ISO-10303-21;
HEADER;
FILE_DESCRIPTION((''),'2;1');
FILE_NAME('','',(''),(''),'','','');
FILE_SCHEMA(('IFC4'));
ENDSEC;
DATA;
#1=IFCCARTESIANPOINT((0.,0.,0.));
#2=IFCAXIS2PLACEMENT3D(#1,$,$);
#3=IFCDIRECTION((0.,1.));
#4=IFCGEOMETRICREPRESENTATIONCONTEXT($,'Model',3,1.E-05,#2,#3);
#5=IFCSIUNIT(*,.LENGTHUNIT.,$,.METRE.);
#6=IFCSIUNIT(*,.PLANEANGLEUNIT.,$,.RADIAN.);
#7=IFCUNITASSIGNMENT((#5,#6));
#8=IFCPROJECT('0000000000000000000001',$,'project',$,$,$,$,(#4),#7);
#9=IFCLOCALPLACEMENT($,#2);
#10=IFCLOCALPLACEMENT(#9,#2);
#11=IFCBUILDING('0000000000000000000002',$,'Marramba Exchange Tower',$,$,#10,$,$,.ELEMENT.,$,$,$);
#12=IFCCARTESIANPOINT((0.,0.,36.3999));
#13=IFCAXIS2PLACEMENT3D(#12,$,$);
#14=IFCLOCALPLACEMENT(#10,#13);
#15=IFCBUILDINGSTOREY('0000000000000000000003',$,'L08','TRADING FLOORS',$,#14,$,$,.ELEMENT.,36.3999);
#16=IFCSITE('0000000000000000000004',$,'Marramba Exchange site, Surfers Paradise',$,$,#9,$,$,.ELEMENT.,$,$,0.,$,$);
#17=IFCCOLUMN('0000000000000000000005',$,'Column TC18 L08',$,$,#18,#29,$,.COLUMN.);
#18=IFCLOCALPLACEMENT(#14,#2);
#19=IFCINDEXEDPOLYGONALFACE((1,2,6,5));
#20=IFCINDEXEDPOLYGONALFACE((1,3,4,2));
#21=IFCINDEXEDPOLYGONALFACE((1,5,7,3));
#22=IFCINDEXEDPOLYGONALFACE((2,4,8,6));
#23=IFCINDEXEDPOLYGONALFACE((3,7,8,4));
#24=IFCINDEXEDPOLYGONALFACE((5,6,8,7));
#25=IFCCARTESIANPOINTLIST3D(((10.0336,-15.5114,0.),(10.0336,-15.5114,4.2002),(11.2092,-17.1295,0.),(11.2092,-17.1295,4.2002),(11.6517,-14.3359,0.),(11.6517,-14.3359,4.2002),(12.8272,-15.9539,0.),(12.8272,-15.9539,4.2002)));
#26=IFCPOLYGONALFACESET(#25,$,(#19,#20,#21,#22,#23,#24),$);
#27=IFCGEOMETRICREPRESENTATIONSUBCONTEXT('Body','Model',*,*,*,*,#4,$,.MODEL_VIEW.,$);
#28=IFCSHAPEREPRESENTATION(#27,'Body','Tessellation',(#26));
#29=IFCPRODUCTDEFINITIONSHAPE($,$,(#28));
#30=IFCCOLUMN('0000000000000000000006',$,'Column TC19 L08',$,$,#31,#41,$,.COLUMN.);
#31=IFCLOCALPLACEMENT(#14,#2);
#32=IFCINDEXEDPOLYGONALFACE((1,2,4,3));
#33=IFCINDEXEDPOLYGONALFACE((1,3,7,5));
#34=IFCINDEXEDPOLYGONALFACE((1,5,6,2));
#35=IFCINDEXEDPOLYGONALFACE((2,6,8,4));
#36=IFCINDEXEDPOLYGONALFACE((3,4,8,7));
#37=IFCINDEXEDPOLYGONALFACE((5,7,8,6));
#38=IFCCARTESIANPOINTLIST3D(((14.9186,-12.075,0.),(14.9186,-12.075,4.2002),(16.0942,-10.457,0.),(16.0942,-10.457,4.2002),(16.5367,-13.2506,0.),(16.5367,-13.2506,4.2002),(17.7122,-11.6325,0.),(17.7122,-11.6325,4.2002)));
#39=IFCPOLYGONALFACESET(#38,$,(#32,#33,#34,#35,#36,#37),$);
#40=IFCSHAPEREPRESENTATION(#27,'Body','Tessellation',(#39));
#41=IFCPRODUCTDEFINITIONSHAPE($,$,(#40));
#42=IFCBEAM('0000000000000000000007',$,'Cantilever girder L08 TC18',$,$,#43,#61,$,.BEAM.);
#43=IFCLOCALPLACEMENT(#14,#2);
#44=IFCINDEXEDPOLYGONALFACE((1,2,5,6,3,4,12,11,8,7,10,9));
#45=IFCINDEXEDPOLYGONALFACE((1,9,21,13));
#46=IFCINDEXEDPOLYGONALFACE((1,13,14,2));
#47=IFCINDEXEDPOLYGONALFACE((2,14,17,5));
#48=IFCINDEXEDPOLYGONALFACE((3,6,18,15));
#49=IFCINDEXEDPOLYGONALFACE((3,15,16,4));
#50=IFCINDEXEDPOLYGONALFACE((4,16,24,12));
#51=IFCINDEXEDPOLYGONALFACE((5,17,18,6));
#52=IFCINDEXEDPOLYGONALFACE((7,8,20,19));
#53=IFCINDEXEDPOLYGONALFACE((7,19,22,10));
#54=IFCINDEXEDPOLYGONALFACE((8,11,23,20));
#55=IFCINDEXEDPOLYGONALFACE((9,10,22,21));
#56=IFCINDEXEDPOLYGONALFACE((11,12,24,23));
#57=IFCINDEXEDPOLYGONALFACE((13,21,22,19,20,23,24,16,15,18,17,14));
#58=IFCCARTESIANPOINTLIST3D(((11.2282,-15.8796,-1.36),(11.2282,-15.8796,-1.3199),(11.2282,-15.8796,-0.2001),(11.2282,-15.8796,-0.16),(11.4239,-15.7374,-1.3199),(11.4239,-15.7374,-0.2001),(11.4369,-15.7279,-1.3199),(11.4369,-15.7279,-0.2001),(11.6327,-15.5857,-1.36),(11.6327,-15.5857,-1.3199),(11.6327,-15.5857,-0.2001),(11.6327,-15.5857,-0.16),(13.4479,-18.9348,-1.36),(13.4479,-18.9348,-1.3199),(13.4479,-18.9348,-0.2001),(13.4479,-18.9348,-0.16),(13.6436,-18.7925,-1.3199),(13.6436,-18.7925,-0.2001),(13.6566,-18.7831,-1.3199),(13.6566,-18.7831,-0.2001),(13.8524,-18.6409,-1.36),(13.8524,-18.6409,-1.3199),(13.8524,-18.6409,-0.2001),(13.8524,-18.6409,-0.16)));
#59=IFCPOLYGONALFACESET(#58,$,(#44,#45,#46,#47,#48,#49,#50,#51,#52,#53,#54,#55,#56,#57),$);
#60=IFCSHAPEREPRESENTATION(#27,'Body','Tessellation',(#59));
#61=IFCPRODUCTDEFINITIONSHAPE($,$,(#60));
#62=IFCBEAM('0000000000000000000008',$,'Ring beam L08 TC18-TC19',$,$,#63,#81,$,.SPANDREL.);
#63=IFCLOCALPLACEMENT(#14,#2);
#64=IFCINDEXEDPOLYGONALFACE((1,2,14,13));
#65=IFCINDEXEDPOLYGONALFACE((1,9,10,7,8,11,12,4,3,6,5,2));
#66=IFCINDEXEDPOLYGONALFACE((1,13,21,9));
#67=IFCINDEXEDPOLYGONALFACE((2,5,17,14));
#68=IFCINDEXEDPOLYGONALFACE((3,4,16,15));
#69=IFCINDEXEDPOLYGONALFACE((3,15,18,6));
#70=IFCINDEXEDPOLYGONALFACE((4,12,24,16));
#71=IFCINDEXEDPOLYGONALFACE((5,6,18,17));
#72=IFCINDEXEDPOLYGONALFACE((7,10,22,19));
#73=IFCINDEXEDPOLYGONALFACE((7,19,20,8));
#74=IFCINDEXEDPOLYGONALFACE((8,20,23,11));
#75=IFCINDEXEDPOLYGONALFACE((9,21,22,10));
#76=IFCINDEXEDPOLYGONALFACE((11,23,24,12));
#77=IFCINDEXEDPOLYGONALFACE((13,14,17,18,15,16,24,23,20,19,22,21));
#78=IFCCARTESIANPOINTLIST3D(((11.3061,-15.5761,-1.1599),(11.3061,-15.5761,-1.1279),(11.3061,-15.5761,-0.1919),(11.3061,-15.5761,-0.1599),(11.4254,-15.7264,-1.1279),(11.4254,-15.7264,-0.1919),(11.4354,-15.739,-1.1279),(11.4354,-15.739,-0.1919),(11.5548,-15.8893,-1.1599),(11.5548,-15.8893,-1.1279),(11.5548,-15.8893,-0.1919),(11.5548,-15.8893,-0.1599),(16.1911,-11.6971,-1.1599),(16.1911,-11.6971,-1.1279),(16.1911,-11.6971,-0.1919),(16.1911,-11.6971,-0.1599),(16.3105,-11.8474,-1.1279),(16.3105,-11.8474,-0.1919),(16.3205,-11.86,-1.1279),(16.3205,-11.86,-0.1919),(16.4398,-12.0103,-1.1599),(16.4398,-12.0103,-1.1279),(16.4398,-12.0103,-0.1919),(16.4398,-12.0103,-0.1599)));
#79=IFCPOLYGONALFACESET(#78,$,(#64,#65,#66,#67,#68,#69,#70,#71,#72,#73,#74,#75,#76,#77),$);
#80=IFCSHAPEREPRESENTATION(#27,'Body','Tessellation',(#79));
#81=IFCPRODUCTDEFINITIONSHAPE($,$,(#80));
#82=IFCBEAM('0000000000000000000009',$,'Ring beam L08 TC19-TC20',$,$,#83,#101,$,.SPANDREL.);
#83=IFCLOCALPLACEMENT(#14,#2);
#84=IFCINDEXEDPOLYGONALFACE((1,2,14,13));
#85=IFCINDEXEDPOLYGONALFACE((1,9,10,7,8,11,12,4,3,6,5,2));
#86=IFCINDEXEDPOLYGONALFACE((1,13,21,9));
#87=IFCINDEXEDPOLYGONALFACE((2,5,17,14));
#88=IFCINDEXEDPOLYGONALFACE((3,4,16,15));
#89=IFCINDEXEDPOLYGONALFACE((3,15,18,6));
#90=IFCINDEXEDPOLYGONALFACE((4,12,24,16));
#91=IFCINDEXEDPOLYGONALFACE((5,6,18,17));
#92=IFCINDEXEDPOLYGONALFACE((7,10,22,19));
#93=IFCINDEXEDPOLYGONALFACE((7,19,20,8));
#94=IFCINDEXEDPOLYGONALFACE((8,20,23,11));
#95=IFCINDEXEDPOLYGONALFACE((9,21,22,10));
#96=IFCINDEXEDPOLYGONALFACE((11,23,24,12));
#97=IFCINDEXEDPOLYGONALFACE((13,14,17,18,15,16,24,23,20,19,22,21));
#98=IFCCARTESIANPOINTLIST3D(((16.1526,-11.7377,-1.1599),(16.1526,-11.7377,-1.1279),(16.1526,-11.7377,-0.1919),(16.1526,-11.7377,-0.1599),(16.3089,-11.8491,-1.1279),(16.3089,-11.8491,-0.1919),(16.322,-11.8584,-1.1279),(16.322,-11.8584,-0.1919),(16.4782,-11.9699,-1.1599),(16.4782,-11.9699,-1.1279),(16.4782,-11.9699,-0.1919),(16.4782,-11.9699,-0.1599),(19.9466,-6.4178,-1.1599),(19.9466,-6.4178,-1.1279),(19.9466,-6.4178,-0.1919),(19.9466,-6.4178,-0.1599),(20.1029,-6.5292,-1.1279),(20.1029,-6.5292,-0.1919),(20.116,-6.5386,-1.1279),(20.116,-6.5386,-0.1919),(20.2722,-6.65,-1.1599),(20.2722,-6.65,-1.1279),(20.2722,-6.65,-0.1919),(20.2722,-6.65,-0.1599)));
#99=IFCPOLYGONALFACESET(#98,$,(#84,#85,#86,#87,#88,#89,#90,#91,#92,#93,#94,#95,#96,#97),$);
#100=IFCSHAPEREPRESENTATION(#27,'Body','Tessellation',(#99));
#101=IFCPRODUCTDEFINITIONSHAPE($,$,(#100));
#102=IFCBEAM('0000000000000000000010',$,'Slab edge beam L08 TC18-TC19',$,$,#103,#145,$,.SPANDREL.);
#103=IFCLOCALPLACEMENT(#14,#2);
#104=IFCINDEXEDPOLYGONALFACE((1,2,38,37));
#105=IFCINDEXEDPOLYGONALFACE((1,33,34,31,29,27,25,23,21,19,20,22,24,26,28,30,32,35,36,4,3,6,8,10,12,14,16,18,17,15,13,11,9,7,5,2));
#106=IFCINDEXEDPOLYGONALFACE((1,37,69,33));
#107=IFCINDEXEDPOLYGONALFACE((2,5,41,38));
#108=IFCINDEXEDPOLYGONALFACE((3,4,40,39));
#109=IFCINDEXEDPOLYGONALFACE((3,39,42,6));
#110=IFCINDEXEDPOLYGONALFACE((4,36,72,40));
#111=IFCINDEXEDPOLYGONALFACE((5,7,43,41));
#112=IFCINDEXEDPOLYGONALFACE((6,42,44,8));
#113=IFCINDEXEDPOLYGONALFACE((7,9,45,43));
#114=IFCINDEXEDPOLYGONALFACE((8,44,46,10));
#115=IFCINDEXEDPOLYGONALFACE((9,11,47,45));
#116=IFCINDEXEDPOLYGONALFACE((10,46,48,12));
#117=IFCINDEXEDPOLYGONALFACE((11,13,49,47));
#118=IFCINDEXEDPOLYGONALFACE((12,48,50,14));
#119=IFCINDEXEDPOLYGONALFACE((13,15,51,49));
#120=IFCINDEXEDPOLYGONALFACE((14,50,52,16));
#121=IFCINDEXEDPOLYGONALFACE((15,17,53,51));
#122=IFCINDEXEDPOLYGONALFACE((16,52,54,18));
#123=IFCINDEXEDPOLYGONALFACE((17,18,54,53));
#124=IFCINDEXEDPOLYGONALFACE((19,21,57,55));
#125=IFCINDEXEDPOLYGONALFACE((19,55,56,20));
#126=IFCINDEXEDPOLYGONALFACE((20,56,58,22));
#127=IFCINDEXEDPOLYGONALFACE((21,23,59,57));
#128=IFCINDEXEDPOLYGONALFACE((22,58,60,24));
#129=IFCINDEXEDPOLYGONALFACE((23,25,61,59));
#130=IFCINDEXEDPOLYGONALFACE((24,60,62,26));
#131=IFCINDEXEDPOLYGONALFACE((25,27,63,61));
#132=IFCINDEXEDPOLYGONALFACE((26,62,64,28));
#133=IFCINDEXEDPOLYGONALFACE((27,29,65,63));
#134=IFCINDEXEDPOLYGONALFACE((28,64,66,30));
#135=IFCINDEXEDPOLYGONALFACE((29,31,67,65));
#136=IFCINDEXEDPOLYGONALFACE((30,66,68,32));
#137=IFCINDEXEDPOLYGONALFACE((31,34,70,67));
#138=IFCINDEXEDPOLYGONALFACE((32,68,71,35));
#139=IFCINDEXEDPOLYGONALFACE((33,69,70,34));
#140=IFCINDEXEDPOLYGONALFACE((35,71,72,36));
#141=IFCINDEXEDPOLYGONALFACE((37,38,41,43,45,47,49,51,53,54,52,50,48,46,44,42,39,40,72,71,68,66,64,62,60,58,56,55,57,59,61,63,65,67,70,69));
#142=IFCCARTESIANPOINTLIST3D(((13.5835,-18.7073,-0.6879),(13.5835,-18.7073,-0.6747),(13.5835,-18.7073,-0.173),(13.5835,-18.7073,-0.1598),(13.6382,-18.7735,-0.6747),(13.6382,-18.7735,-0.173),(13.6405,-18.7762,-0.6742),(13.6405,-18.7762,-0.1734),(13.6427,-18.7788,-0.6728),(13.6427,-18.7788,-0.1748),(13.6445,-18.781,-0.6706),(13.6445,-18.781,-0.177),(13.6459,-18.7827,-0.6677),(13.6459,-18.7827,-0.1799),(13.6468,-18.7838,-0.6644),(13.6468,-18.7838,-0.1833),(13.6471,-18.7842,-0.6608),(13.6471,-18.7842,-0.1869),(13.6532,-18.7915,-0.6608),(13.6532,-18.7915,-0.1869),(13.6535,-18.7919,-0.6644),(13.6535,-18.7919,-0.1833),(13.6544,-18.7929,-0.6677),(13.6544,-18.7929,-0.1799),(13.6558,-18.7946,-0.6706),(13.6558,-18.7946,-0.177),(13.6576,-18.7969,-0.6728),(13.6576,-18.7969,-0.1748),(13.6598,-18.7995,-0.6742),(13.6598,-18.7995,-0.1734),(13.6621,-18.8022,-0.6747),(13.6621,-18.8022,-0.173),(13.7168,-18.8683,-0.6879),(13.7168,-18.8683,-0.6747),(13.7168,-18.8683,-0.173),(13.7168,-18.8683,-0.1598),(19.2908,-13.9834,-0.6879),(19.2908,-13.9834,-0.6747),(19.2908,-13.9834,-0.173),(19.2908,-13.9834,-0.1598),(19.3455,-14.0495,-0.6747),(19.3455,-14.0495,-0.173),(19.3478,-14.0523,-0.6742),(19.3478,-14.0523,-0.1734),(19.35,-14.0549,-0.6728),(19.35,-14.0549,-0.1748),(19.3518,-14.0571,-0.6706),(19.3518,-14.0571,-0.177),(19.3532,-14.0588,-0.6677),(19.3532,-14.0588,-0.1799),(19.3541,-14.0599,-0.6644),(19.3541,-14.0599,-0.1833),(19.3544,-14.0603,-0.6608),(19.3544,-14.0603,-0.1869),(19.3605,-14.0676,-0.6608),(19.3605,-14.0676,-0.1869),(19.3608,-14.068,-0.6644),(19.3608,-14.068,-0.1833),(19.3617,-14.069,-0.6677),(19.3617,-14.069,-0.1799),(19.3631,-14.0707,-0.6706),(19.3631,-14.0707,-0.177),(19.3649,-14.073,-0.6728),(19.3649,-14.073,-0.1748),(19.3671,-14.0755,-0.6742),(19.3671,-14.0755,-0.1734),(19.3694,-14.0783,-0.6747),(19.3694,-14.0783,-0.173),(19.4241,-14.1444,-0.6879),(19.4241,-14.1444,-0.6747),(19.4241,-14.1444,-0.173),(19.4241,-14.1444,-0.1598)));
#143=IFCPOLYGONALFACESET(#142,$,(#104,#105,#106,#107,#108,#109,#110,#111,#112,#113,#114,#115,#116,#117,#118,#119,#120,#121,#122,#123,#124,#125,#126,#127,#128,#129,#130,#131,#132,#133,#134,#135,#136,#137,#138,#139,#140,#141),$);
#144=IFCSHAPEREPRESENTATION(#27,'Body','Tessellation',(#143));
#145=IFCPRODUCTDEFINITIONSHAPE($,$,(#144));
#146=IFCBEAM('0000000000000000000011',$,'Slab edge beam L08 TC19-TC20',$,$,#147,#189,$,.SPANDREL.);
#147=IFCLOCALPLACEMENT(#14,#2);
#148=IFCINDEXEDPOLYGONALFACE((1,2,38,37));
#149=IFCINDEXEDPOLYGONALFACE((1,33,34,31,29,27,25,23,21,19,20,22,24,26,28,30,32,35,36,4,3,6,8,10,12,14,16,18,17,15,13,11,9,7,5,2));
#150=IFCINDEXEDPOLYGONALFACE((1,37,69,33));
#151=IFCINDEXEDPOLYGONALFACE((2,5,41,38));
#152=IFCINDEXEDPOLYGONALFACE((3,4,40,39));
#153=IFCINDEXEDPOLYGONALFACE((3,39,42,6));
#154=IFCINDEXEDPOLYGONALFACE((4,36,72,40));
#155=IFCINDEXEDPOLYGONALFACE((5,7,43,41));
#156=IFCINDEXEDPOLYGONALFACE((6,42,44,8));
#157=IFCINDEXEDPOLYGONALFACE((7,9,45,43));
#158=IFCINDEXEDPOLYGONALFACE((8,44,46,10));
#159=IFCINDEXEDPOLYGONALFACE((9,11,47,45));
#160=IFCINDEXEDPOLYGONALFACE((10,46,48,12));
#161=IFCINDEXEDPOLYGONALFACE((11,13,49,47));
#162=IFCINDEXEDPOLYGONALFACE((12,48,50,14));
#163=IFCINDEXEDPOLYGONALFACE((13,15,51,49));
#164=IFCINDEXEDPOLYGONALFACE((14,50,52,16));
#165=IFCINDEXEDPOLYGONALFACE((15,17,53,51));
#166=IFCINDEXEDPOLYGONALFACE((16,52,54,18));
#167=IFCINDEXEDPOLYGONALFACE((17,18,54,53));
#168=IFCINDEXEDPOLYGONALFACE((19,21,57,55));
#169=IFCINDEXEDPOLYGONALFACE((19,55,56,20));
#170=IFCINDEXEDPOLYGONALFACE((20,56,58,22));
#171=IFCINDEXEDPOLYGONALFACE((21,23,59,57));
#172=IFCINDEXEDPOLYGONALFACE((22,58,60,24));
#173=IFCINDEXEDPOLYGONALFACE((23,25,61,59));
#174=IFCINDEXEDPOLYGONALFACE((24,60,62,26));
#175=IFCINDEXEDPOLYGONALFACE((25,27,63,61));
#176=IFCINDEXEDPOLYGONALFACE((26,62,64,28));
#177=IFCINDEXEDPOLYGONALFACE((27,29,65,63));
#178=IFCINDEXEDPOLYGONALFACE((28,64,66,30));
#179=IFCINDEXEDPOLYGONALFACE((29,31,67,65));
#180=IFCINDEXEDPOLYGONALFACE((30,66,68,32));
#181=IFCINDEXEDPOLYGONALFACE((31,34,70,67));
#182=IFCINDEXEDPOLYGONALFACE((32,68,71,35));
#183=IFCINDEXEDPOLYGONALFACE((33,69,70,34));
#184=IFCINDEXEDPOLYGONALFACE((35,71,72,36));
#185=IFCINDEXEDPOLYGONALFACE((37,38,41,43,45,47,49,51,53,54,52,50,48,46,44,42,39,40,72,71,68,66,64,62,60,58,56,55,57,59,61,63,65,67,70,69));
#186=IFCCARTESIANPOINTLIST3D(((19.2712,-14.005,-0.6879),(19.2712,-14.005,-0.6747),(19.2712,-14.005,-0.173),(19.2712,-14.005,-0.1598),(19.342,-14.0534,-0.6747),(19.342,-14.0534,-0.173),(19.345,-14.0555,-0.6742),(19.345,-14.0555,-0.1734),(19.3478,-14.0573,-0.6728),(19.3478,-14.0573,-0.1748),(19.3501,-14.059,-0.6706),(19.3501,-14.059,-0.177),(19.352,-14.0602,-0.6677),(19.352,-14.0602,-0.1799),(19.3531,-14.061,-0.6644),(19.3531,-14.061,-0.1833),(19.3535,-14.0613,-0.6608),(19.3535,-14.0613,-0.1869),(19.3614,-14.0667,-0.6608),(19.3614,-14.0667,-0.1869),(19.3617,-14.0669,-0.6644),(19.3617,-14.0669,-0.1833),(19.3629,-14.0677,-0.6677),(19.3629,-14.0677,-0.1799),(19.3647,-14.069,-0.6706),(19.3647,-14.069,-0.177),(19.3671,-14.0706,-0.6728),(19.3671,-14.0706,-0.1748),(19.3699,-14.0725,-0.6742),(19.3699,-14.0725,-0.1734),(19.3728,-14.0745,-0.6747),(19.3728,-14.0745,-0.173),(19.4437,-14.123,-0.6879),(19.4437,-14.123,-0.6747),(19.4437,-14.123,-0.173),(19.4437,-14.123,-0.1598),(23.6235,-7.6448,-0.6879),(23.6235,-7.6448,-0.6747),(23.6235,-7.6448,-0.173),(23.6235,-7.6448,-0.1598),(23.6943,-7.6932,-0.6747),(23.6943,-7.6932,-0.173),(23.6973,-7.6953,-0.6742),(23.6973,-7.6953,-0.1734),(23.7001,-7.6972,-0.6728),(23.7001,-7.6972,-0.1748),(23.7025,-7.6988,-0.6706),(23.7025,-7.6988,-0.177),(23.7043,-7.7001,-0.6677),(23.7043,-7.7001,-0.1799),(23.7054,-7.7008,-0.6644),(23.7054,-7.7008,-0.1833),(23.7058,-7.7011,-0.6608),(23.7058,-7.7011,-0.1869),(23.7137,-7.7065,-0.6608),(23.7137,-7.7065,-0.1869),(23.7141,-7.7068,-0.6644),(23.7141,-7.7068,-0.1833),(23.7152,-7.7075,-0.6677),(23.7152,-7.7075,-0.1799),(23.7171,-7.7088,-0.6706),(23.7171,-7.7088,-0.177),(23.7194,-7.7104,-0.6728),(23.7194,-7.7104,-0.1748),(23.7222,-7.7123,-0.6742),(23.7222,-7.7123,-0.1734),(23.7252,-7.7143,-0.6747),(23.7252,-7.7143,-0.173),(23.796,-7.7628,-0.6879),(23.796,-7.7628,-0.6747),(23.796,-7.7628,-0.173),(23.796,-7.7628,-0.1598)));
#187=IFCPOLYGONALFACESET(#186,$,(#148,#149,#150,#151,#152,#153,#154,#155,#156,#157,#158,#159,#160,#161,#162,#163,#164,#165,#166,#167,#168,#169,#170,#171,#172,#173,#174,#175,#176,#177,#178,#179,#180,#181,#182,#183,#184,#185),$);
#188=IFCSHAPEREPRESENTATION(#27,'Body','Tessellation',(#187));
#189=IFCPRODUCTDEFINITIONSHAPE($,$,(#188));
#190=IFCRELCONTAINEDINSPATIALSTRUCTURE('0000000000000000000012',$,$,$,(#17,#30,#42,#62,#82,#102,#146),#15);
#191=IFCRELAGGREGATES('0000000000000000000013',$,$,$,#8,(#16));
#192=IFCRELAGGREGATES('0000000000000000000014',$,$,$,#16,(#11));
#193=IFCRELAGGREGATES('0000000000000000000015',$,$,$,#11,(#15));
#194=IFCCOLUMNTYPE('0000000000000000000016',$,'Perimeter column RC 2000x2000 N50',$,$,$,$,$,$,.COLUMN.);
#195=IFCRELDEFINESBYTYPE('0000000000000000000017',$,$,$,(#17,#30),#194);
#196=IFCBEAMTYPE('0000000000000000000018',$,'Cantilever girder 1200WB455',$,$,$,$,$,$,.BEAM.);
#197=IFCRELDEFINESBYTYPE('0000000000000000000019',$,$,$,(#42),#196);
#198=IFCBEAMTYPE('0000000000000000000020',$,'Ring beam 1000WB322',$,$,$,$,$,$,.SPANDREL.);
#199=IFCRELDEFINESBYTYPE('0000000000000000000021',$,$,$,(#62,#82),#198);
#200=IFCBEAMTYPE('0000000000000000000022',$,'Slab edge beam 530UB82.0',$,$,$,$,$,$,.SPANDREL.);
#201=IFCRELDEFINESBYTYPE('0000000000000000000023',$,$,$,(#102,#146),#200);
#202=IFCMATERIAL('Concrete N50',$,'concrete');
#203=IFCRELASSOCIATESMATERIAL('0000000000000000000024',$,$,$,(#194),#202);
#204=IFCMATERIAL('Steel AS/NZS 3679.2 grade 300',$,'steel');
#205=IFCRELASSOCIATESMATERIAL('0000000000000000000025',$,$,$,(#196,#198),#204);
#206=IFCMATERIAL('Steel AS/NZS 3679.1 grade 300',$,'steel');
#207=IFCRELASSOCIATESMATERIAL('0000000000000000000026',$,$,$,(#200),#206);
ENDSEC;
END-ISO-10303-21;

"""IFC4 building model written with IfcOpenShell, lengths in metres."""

from ifc_helpers import new_model, si_unit, direction, frame, origin, origin_2d, place, context, subcontext, project, spatial, rectangle, i_section, extrude, material, material_profile, profile_set, type_object, element, save


model = new_model("IFC4")

# Units and contexts
model_context = context("Model", 3, precision=1e-05, world=origin(), true_north=direction((0.0, 1.0)))
body_context = subcontext(model_context, "Body", "Model", "MODEL_VIEW")
ifc_project = project(units=[si_unit("LENGTHUNIT", "METRE"), si_unit("PLANEANGLEUNIT", "RADIAN")], contexts=[model_context])

# Site, building, storey
site_placement = place(None, origin())
site = spatial("IfcSite", under=ifc_project, at=site_placement, Name="Marramba Exchange site, Surfers Paradise", CompositionType="ELEMENT", RefElevation=0.0)
building_placement = place(site_placement, origin())
building = spatial("IfcBuilding", under=site, at=building_placement, Name="Marramba Exchange Tower", CompositionType="ELEMENT")
storey_placement = place(building_placement, frame((0.0, 0.0, 36.3999)))
storey = spatial("IfcBuildingStorey", under=building, at=storey_placement, Name="L08", Description="TRADING FLOORS", CompositionType="ELEMENT", Elevation=36.3999)

# Columns
ifc_material_1 = material(Name="Concrete N50", Category="concrete")
ifc_material_profile_1 = material_profile(ifc_material_1, rectangle(XDim=2.0, YDim=2.0, at=origin_2d()), Name="RC 2000x2000")
ifc_profile_set_1 = profile_set([ifc_material_profile_1], Name="Concrete N50")
column_type = type_object("IfcColumnType", Name="Perimeter column RC 2000x2000 N50", PredefinedType="COLUMN", material=ifc_profile_set_1)
for number, where, z_axis, x_axis, name in (
    (1, (11.4304, -15.7327, 0.0), (0.0, 0.0, 1.0), (0.587785, -0.809017, 0.0), "Column TC18 L08"),
    (2, (16.3154, -11.8538, 0.0), (0.0, 0.0, 1.0), (0.809017, -0.587785, 0.0), "Column TC19 L08"),
):
    element("IfcColumn", number, at=place(storey_placement, frame(where, z_axis=z_axis, x_axis=x_axis)), inside=storey, type_object=column_type, Name=name, PredefinedType="COLUMN", context=body_context, shape_type="SweptSolid", body=[
        extrude(rectangle(XDim=2.0, YDim=2.0, at=origin_2d()), origin(), (0.0, 0.0, 1.0), 4.2002),
    ])

# Beams
ifc_material_2 = material(Name="Steel AS/NZS 3679.2 grade 300", Category="steel")
ifc_material_profile_2 = material_profile(ifc_material_2, i_section(OverallWidth=0.5, OverallDepth=1.2, WebThickness=0.0161, FlangeThickness=0.04, at=origin_2d()), Name="1200WB455")
ifc_profile_set_2 = profile_set([ifc_material_profile_2], Name="Steel AS/NZS 3679.2 grade 300")
beam_type_1 = type_object("IfcBeamType", Name="Cantilever girder 1200WB455", PredefinedType="BEAM", material=ifc_profile_set_2)
beam_1_placement = place(storey_placement, frame((11.4304, -15.7327, -0.76), z_axis=(0.587787, -0.809016, 0.0), x_axis=(0.809016, 0.587787, 0.0)))
element("IfcBeam", 3, at=beam_1_placement, inside=storey, type_object=beam_type_1, Name="Cantilever girder L08 TC18", PredefinedType="BEAM", context=body_context, shape_type="SweptSolid", body=[
    extrude(i_section(OverallWidth=0.5, OverallDepth=1.2, WebThickness=0.0161, FlangeThickness=0.04, at=origin_2d()), origin(), (0.0, 0.0, 1.0), 3.7764),
])
ifc_material_profile_3 = material_profile(ifc_material_2, i_section(OverallWidth=0.3999, OverallDepth=1.0, WebThickness=0.0161, FlangeThickness=0.032, at=origin_2d()), Name="1000WB322")
ifc_profile_set_3 = profile_set([ifc_material_profile_3], Name="Steel AS/NZS 3679.2 grade 300")
beam_type_2 = type_object("IfcBeamType", Name="Ring beam 1000WB322", PredefinedType="SPANDREL", material=ifc_profile_set_3)
beam_2_placement = place(storey_placement, frame((11.4304, -15.7327, -0.6599), z_axis=(0.783139, 0.621846, 0.0), x_axis=(-0.621846, 0.783139, 0.0)))
element("IfcBeam", 4, at=beam_2_placement, inside=storey, type_object=beam_type_2, Name="Ring beam L08 TC18-TC19", PredefinedType="SPANDREL", context=body_context, shape_type="SweptSolid", body=[
    extrude(i_section(OverallWidth=0.3999, OverallDepth=1.0, WebThickness=0.0161, FlangeThickness=0.032, at=origin_2d()), origin(), (0.0, 0.0, 1.0), 6.2378),
])
beam_3_placement = place(storey_placement, frame((16.3154, -11.8538, -0.6599), z_axis=(0.580637, 0.814162, 0.0), x_axis=(-0.814162, 0.580637, 0.0)))
element("IfcBeam", 5, at=beam_3_placement, inside=storey, type_object=beam_type_2, Name="Ring beam L08 TC19-TC20", PredefinedType="SPANDREL", context=body_context, shape_type="SweptSolid", body=[
    extrude(i_section(OverallWidth=0.3999, OverallDepth=1.0, WebThickness=0.0161, FlangeThickness=0.032, at=origin_2d()), origin(), (0.0, 0.0, 1.0), 6.5342),
])
ifc_material_3 = material(Name="Steel AS/NZS 3679.1 grade 300", Category="steel")
ifc_material_profile_4 = material_profile(ifc_material_3, i_section(OverallWidth=0.209, OverallDepth=0.5281, WebThickness=0.0095, FlangeThickness=0.0132, FilletRadius=0.0139, at=origin_2d()), Name="530UB82.0")
ifc_profile_set_4 = profile_set([ifc_material_profile_4], Name="Steel AS/NZS 3679.1 grade 300")
beam_type_3 = type_object("IfcBeamType", Name="Slab edge beam 530UB82.0", PredefinedType="SPANDREL", material=ifc_profile_set_4)
beam_4_placement = place(storey_placement, frame((13.6501, -18.7878, -0.4238), z_axis=(0.770354, 0.637617, 0.0), x_axis=(-0.637617, 0.770354, 0.0)))
element("IfcBeam", 6, at=beam_4_placement, inside=storey, type_object=beam_type_3, Name="Slab edge beam L08 TC18-TC19", PredefinedType="SPANDREL", context=body_context, shape_type="SweptSolid", body=[
    extrude(i_section(OverallWidth=0.209, OverallDepth=0.5281, WebThickness=0.0095, FlangeThickness=0.0132, FilletRadius=0.0139, at=origin_2d()), origin(), (0.0, 0.0, 1.0), 7.4087),
])
beam_5_placement = place(storey_placement, frame((19.3574, -14.064, -0.4238), z_axis=(0.564741, 0.825268, 0.0), x_axis=(-0.825268, 0.564741, 0.0)))
element("IfcBeam", 7, at=beam_5_placement, inside=storey, type_object=beam_type_3, Name="Slab edge beam L08 TC19-TC20", PredefinedType="SPANDREL", context=body_context, shape_type="SweptSolid", body=[
    extrude(i_section(OverallWidth=0.209, OverallDepth=0.5281, WebThickness=0.0095, FlangeThickness=0.0132, FilletRadius=0.0139, at=origin_2d()), origin(), (0.0, 0.0, 1.0), 7.7068),
])

save(model, "model.ifc")
